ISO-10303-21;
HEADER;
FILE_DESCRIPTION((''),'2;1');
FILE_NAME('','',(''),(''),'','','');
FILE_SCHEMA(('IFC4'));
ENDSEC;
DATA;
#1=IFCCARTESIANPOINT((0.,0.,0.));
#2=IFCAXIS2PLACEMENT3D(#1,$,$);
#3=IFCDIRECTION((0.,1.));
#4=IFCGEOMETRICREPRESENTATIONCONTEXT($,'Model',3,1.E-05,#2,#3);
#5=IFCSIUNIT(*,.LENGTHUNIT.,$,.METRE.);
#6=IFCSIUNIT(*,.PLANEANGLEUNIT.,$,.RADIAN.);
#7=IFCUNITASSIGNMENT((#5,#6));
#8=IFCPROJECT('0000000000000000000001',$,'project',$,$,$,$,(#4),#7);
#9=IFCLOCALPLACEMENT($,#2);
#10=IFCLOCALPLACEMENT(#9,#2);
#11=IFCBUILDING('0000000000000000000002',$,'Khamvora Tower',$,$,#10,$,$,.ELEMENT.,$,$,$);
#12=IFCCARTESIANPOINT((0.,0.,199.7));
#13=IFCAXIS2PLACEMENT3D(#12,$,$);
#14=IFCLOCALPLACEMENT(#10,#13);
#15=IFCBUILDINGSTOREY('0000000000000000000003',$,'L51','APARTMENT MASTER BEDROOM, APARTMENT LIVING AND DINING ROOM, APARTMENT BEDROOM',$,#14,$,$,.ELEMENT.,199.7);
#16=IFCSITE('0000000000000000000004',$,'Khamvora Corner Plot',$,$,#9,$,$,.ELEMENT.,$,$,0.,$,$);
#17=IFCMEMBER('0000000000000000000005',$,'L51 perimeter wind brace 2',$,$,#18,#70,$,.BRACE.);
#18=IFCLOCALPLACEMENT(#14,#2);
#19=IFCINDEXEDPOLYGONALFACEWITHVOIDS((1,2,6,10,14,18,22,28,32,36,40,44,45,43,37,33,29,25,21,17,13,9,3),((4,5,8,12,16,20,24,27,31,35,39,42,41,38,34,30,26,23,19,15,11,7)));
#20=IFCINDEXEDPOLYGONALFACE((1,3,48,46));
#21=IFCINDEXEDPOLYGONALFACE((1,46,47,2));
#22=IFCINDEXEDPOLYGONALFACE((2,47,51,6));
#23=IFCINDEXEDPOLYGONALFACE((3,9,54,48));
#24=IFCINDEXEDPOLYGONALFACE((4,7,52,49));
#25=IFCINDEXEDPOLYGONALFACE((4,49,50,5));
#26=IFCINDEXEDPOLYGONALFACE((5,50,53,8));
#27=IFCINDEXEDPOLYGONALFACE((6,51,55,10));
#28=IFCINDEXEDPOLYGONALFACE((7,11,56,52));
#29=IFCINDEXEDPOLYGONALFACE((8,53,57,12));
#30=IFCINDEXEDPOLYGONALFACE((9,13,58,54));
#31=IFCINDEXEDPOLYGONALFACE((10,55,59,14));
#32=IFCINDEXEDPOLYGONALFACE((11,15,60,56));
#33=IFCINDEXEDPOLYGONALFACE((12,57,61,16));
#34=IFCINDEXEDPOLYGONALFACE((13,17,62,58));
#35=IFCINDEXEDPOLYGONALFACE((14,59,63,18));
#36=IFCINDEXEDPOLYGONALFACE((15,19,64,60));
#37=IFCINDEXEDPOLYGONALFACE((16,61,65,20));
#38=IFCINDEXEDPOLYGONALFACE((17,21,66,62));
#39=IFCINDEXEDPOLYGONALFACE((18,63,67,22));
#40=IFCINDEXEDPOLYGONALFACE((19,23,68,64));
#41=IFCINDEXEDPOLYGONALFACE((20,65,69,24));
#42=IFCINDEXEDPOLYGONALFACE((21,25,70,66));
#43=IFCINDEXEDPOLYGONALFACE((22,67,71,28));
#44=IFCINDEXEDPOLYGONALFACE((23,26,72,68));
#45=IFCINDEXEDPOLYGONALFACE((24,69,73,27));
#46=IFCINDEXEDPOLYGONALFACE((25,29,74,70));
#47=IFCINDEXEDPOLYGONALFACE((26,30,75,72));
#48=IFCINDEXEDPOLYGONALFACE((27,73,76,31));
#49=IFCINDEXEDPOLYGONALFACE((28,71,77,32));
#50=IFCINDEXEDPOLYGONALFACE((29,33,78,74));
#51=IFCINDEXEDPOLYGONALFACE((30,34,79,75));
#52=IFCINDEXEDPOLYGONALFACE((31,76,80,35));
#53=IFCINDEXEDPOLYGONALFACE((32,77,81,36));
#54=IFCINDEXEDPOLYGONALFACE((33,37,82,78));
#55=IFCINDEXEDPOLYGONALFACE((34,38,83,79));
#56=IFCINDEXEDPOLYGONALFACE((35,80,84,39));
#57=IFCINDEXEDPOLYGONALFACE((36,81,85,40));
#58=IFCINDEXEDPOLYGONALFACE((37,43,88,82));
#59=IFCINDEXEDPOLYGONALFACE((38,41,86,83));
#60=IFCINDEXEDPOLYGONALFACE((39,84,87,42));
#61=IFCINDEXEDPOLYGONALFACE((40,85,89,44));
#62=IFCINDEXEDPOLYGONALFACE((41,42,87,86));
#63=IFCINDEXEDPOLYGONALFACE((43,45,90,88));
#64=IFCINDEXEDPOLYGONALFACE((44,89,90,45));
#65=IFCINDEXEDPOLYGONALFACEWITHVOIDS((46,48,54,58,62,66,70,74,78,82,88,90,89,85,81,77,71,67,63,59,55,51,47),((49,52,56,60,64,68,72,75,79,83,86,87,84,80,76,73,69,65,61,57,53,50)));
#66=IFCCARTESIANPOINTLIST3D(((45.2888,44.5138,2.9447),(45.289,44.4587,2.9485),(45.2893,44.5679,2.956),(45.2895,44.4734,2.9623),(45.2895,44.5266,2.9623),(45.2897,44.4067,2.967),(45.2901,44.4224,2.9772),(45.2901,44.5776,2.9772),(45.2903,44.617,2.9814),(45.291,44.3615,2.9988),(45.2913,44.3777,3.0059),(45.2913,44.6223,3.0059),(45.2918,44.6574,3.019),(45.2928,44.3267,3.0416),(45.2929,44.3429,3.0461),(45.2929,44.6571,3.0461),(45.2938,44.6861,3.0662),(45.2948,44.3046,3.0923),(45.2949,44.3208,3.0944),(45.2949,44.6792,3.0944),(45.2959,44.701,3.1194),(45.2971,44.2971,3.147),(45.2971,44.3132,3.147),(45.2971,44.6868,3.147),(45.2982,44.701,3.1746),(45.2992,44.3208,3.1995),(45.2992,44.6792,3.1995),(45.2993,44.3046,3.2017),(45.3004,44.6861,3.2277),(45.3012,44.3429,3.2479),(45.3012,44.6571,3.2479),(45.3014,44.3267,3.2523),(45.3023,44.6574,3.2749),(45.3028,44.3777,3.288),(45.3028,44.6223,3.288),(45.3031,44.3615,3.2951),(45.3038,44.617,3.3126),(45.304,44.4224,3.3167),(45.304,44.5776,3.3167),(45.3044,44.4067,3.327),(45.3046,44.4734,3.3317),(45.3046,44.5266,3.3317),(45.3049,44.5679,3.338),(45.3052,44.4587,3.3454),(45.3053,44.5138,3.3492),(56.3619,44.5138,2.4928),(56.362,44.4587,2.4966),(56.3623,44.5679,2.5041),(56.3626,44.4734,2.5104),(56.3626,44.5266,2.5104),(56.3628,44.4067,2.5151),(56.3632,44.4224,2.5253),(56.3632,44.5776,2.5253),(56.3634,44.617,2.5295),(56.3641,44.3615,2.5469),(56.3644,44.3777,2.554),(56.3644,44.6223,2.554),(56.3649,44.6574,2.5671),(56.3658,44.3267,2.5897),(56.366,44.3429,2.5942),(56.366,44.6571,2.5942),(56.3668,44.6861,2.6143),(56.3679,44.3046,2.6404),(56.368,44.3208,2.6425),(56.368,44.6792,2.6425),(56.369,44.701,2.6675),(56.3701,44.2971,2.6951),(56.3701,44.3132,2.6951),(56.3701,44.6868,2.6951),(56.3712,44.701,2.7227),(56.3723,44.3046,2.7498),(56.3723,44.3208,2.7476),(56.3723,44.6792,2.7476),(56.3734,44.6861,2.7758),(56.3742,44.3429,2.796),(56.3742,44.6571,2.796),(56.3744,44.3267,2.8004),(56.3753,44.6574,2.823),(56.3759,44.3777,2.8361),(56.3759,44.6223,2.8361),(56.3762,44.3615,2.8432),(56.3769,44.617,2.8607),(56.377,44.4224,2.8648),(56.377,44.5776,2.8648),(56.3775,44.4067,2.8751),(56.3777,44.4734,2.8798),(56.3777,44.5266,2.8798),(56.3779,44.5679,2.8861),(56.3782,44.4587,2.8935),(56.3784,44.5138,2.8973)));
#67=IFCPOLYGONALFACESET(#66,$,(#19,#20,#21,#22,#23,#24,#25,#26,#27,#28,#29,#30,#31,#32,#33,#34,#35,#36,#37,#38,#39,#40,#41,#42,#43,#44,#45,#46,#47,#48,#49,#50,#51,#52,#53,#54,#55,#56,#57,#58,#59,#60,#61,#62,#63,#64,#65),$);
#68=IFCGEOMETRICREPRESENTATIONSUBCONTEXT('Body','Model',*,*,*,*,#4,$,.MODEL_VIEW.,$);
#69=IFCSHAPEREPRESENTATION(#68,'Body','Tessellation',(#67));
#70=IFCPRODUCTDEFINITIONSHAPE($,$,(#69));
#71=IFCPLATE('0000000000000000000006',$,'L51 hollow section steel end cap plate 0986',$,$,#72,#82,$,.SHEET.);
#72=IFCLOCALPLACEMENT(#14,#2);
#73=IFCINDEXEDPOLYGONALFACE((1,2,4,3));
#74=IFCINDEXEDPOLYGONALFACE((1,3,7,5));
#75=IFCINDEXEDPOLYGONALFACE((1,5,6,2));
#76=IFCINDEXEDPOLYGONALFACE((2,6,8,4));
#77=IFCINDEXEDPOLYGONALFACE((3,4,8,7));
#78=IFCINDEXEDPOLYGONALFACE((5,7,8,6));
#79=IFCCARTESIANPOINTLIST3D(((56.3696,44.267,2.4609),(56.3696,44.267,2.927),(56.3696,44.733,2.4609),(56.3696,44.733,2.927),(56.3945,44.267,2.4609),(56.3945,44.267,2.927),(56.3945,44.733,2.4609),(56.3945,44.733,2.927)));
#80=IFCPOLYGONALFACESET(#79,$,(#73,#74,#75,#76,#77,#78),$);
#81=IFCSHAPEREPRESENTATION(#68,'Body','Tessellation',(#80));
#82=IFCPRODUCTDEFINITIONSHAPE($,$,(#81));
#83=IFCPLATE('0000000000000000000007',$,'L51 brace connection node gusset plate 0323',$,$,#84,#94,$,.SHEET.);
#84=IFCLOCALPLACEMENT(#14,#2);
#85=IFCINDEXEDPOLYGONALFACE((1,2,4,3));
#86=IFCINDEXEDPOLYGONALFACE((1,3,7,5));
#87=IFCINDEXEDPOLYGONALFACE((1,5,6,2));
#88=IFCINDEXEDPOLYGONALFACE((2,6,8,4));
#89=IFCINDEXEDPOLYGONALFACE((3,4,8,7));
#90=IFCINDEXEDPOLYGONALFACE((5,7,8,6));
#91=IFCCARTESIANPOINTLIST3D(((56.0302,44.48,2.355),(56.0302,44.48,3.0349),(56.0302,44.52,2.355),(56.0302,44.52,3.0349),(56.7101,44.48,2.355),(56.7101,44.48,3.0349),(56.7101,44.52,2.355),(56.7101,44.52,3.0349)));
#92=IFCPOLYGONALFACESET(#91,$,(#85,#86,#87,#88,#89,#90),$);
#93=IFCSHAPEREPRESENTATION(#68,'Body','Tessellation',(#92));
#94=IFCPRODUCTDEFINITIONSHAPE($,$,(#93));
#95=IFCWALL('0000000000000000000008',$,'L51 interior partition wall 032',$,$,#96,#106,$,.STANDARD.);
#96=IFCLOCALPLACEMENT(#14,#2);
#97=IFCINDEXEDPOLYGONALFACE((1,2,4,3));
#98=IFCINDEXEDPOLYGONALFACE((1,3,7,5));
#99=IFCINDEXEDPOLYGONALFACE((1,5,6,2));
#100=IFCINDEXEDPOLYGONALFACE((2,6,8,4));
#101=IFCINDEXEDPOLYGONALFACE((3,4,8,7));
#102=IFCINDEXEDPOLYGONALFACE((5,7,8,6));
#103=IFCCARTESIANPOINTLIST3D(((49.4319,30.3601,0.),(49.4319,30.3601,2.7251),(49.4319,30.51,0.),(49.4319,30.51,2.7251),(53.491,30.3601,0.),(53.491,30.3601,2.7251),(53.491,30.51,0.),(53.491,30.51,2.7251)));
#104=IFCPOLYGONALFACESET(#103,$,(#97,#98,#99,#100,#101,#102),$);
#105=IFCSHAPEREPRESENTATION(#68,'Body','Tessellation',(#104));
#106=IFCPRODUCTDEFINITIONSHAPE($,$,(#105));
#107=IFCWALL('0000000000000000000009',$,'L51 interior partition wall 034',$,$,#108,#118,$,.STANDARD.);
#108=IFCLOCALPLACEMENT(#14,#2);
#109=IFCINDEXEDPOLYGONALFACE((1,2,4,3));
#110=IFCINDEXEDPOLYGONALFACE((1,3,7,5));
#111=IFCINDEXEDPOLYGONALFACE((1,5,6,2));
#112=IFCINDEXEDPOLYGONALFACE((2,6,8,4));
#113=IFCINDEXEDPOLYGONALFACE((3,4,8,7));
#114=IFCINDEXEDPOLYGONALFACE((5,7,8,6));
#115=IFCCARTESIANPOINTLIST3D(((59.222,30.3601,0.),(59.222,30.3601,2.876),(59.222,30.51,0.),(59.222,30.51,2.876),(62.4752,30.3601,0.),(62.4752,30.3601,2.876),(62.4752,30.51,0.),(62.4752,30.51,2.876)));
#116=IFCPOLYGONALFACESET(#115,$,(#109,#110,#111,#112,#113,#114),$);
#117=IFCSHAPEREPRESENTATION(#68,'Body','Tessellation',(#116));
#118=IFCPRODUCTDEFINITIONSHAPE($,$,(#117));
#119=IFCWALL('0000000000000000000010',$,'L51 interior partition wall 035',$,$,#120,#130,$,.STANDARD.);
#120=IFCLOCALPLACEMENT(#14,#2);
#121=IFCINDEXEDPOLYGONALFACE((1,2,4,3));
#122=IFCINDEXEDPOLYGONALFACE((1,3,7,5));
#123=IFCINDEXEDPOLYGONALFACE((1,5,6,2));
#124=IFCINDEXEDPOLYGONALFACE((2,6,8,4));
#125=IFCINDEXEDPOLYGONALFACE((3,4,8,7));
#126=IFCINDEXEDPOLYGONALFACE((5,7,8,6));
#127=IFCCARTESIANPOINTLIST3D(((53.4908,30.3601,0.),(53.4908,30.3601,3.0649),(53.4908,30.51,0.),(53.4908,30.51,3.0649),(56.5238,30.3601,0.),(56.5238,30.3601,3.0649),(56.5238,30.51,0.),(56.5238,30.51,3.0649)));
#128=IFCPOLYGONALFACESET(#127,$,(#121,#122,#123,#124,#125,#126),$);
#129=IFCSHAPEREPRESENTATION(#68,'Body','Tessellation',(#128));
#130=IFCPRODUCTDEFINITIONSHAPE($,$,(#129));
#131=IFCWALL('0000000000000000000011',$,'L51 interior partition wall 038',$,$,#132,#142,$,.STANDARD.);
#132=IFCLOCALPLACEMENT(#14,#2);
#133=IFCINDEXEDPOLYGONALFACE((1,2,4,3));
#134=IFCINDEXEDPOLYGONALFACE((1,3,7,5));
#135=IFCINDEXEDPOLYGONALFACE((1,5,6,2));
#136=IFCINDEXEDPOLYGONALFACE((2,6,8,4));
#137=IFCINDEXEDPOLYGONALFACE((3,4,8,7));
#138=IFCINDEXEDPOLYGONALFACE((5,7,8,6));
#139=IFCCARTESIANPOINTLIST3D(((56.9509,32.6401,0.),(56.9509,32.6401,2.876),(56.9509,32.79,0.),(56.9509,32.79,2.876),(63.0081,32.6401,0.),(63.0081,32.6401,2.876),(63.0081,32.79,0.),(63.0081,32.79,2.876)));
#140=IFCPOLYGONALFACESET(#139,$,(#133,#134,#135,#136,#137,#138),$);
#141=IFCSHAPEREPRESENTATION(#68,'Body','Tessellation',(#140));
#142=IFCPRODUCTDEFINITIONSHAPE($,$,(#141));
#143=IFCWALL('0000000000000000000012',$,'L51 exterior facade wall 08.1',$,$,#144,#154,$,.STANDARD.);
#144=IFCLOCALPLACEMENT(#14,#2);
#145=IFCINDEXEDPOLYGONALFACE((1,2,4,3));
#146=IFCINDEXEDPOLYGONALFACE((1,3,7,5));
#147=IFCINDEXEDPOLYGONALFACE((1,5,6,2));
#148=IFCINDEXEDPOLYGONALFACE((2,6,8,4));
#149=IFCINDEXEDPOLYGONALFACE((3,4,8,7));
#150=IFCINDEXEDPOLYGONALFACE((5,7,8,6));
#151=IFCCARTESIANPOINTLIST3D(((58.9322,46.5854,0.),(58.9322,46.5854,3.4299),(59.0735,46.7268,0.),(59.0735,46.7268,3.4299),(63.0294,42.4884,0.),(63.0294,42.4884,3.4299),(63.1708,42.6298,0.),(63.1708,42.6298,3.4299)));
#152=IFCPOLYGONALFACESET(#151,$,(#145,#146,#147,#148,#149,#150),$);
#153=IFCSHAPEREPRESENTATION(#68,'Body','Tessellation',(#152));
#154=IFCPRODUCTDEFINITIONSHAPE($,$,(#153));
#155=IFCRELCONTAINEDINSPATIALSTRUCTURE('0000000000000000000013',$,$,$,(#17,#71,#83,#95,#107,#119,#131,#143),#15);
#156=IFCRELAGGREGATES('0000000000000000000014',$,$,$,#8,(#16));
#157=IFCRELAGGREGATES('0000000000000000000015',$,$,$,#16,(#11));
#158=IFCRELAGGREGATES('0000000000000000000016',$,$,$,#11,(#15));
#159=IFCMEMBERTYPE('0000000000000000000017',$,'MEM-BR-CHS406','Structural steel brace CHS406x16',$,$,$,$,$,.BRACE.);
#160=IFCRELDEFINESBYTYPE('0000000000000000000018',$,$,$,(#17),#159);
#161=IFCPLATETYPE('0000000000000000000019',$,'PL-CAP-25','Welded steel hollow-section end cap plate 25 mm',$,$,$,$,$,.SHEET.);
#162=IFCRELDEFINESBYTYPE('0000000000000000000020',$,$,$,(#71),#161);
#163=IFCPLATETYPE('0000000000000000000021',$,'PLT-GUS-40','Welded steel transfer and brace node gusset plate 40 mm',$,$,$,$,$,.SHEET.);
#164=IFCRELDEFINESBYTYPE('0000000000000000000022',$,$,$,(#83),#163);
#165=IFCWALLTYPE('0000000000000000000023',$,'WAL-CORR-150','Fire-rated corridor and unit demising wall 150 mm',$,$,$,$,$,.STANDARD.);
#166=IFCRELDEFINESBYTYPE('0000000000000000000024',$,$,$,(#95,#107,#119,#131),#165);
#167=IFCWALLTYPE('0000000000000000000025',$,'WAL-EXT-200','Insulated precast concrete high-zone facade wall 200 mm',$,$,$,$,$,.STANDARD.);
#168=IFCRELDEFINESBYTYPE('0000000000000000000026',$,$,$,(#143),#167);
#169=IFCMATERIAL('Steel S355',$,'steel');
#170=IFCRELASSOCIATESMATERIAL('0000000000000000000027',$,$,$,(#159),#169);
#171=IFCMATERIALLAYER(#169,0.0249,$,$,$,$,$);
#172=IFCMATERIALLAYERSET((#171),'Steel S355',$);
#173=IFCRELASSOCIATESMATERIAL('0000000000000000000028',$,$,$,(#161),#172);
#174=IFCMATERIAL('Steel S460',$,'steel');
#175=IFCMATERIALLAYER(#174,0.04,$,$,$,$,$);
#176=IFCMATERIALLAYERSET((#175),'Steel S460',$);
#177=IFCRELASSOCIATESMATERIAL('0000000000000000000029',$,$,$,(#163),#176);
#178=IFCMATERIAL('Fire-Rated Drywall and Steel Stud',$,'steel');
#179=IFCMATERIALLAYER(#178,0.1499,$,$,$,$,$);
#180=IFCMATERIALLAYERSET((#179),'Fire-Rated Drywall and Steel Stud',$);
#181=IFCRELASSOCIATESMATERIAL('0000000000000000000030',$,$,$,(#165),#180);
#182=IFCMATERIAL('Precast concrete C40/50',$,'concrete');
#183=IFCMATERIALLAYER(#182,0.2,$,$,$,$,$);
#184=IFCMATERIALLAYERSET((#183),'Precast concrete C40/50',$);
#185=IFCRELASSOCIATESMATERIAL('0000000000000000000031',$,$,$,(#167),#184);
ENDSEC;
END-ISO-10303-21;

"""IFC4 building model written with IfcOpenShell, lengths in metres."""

from ifc_helpers import new_model, si_unit, direction, frame, frame_2d, origin, origin_2d, place, context, subcontext, project, spatial, rectangle, hollow_circle, extrude, material, layer, layer_set, material_profile, profile_set, type_object, element, save


model = new_model("IFC4")

# Units and contexts
model_context = context("Model", 3, precision=1e-05, world=origin(), true_north=direction((0.0, 1.0)))
body_context = subcontext(model_context, "Body", "Model", "MODEL_VIEW")
ifc_project = project(units=[si_unit("LENGTHUNIT", "METRE"), si_unit("PLANEANGLEUNIT", "RADIAN")], contexts=[model_context])

# Site, building, storey
site_placement = place(None, origin())
site = spatial("IfcSite", under=ifc_project, at=site_placement, Name="Khamvora Corner Plot", CompositionType="ELEMENT", RefElevation=0.0)
building_placement = place(site_placement, origin())
building = spatial("IfcBuilding", under=site, at=building_placement, Name="Khamvora Tower", CompositionType="ELEMENT")
storey_placement = place(building_placement, frame((0.0, 0.0, 199.7)))
storey = spatial("IfcBuildingStorey", under=building, at=storey_placement, Name="L51", Description="APARTMENT MASTER BEDROOM, APARTMENT LIVING AND DINING ROOM, APARTMENT BEDROOM", CompositionType="ELEMENT", Elevation=199.7)

# Shared definitions
ifc_material_1 = material(Name="Steel S355", Category="steel")

# Member
ifc_material_profile_1 = material_profile(ifc_material_1, hollow_circle(Radius=0.2029, WallThickness=0.0161, at=origin_2d()), Name="CHS406x16")
ifc_profile_set_1 = profile_set([ifc_material_profile_1], Name="Steel S355")
member_type = type_object("IfcMemberType", Name="MEM-BR-CHS406", Description="Structural steel brace CHS406x16", PredefinedType="BRACE", material=ifc_profile_set_1)
member_placement = place(storey_placement, frame((56.3701, 44.5, 2.6951), z_axis=(-0.999168, 0.0, 0.040777), x_axis=(0.0, -1.0, 0.0)))
element("IfcMember", 1, at=member_placement, inside=storey, type_object=member_type, Name="L51 perimeter wind brace 2", PredefinedType="BRACE", context=body_context, shape_type="SweptSolid", body=[
    extrude(hollow_circle(Radius=0.2029, WallThickness=0.0161, at=origin_2d()), origin(), (0.0, 0.0, 1.0), 11.0823),
])

# Plates
ifc_layer_1 = layer(ifc_material_1, 0.0249)
ifc_layer_set_1 = layer_set([ifc_layer_1], Name="Steel S355")
plate_type_1 = type_object("IfcPlateType", Name="PL-CAP-25", Description="Welded steel hollow-section end cap plate 25 mm", PredefinedType="SHEET", material=ifc_layer_set_1)
plate_1_placement = place(storey_placement, frame((56.3821, 44.5, 2.4609), z_axis=(0.0, 0.0, 1.0), x_axis=(-1.0, 0.0, 0.0)))
element("IfcPlate", 2, at=plate_1_placement, inside=storey, type_object=plate_type_1, Name="L51 hollow section steel end cap plate 0986", PredefinedType="SHEET", context=body_context, shape_type="SweptSolid", body=[
    extrude(rectangle(XDim=0.0249, YDim=0.4661, at=origin_2d()), origin(), (0.0, 0.0, 1.0), 0.4661),
])
ifc_material_2 = material(Name="Steel S460", Category="steel")
ifc_layer_2 = layer(ifc_material_2, 0.04)
ifc_layer_set_2 = layer_set([ifc_layer_2], Name="Steel S460")
plate_type_2 = type_object("IfcPlateType", Name="PLT-GUS-40", Description="Welded steel transfer and brace node gusset plate 40 mm", PredefinedType="SHEET", material=ifc_layer_set_2)
plate_2_placement = place(storey_placement, frame((56.3701, 44.5, 2.355), z_axis=(0.0, 0.0, 1.0), x_axis=(1.0, 0.0, 0.0)))
element("IfcPlate", 3, at=plate_2_placement, inside=storey, type_object=plate_type_2, Name="L51 brace connection node gusset plate 0323", PredefinedType="SHEET", context=body_context, shape_type="SweptSolid", body=[
    extrude(rectangle(XDim=0.6799, YDim=0.04, at=origin_2d()), origin(), (0.0, 0.0, 1.0), 0.6799),
])

# Wall
ifc_material_3 = material(Name="Fire-Rated Drywall and Steel Stud", Category="steel")
ifc_layer_3 = layer(ifc_material_3, 0.1499)
ifc_layer_set_3 = layer_set([ifc_layer_3], Name="Fire-Rated Drywall and Steel Stud")
wall_type_1 = type_object("IfcWallType", Name="WAL-CORR-150", Description="Fire-rated corridor and unit demising wall 150 mm", PredefinedType="STANDARD", material=ifc_layer_set_3)
wall_1_placement = place(storey_placement, frame((53.491, 30.4351, 0.0), z_axis=(0.0, 0.0, 1.0), x_axis=(-1.0, 0.0, 0.0)))
element("IfcWall", 4, at=wall_1_placement, inside=storey, type_object=wall_type_1, Name="L51 interior partition wall 032", PredefinedType="STANDARD", context=body_context, shape_type="SweptSolid", body=[
    extrude(rectangle(XDim=4.0591, YDim=0.1499, at=frame_2d((2.0295, 0.0))), origin(), (0.0, 0.0, 1.0), 2.7251),
])

# Walls
wall_2_placement = place(storey_placement, frame((62.4751, 30.4351, 0.0), z_axis=(0.0, 0.0, 1.0), x_axis=(-1.0, 0.0, 0.0)))
element("IfcWall", 5, at=wall_2_placement, inside=storey, type_object=wall_type_1, Name="L51 interior partition wall 034", PredefinedType="STANDARD", context=body_context, shape_type="SweptSolid", body=[
    extrude(rectangle(XDim=3.2532, YDim=0.1499, at=frame_2d((1.6265, 0.0))), origin(), (0.0, 0.0, 1.0), 2.876),
])
wall_3_placement = place(storey_placement, frame((56.5239, 30.4351, 0.0), z_axis=(0.0, 0.0, 1.0), x_axis=(-1.0, 0.0, 0.0)))
element("IfcWall", 6, at=wall_3_placement, inside=storey, type_object=wall_type_1, Name="L51 interior partition wall 035", PredefinedType="STANDARD", context=body_context, shape_type="SweptSolid", body=[
    extrude(rectangle(XDim=3.033, YDim=0.1499, at=frame_2d((1.5166, 0.0))), origin(), (0.0, 0.0, 1.0), 3.0649),
])
wall_4_placement = place(storey_placement, frame((56.9509, 32.7151, 0.0), z_axis=(0.0, 0.0, 1.0), x_axis=(1.0, 0.0, 0.0)))
element("IfcWall", 7, at=wall_4_placement, inside=storey, type_object=wall_type_1, Name="L51 interior partition wall 038", PredefinedType="STANDARD", context=body_context, shape_type="SweptSolid", body=[
    extrude(rectangle(XDim=6.0571, YDim=0.1499, at=frame_2d((3.0286, 0.0))), origin(), (0.0, 0.0, 1.0), 2.876),
])
ifc_material_4 = material(Name="Precast concrete C40/50", Category="concrete")
ifc_layer_4 = layer(ifc_material_4, 0.2)
ifc_layer_set_4 = layer_set([ifc_layer_4], Name="Precast concrete C40/50")
wall_type_2 = type_object("IfcWallType", Name="WAL-EXT-200", Description="Insulated precast concrete high-zone facade wall 200 mm", PredefinedType="STANDARD", material=ifc_layer_set_4)
wall_5_placement = place(storey_placement, frame((59.0029, 46.656, 0.0), z_axis=(0.0, 0.0, 1.0), x_axis=(0.707128, -0.707086, 0.0)))
element("IfcWall", 8, at=wall_5_placement, inside=storey, type_object=wall_type_2, Name="L51 exterior facade wall 08.1", PredefinedType="STANDARD", context=body_context, shape_type="SweptSolid", body=[
    extrude(rectangle(XDim=5.7942, YDim=0.2, at=frame_2d((2.897, 0.0))), origin(), (0.0, 0.0, 1.0), 3.4299),
])

save(model, "model.ifc")
